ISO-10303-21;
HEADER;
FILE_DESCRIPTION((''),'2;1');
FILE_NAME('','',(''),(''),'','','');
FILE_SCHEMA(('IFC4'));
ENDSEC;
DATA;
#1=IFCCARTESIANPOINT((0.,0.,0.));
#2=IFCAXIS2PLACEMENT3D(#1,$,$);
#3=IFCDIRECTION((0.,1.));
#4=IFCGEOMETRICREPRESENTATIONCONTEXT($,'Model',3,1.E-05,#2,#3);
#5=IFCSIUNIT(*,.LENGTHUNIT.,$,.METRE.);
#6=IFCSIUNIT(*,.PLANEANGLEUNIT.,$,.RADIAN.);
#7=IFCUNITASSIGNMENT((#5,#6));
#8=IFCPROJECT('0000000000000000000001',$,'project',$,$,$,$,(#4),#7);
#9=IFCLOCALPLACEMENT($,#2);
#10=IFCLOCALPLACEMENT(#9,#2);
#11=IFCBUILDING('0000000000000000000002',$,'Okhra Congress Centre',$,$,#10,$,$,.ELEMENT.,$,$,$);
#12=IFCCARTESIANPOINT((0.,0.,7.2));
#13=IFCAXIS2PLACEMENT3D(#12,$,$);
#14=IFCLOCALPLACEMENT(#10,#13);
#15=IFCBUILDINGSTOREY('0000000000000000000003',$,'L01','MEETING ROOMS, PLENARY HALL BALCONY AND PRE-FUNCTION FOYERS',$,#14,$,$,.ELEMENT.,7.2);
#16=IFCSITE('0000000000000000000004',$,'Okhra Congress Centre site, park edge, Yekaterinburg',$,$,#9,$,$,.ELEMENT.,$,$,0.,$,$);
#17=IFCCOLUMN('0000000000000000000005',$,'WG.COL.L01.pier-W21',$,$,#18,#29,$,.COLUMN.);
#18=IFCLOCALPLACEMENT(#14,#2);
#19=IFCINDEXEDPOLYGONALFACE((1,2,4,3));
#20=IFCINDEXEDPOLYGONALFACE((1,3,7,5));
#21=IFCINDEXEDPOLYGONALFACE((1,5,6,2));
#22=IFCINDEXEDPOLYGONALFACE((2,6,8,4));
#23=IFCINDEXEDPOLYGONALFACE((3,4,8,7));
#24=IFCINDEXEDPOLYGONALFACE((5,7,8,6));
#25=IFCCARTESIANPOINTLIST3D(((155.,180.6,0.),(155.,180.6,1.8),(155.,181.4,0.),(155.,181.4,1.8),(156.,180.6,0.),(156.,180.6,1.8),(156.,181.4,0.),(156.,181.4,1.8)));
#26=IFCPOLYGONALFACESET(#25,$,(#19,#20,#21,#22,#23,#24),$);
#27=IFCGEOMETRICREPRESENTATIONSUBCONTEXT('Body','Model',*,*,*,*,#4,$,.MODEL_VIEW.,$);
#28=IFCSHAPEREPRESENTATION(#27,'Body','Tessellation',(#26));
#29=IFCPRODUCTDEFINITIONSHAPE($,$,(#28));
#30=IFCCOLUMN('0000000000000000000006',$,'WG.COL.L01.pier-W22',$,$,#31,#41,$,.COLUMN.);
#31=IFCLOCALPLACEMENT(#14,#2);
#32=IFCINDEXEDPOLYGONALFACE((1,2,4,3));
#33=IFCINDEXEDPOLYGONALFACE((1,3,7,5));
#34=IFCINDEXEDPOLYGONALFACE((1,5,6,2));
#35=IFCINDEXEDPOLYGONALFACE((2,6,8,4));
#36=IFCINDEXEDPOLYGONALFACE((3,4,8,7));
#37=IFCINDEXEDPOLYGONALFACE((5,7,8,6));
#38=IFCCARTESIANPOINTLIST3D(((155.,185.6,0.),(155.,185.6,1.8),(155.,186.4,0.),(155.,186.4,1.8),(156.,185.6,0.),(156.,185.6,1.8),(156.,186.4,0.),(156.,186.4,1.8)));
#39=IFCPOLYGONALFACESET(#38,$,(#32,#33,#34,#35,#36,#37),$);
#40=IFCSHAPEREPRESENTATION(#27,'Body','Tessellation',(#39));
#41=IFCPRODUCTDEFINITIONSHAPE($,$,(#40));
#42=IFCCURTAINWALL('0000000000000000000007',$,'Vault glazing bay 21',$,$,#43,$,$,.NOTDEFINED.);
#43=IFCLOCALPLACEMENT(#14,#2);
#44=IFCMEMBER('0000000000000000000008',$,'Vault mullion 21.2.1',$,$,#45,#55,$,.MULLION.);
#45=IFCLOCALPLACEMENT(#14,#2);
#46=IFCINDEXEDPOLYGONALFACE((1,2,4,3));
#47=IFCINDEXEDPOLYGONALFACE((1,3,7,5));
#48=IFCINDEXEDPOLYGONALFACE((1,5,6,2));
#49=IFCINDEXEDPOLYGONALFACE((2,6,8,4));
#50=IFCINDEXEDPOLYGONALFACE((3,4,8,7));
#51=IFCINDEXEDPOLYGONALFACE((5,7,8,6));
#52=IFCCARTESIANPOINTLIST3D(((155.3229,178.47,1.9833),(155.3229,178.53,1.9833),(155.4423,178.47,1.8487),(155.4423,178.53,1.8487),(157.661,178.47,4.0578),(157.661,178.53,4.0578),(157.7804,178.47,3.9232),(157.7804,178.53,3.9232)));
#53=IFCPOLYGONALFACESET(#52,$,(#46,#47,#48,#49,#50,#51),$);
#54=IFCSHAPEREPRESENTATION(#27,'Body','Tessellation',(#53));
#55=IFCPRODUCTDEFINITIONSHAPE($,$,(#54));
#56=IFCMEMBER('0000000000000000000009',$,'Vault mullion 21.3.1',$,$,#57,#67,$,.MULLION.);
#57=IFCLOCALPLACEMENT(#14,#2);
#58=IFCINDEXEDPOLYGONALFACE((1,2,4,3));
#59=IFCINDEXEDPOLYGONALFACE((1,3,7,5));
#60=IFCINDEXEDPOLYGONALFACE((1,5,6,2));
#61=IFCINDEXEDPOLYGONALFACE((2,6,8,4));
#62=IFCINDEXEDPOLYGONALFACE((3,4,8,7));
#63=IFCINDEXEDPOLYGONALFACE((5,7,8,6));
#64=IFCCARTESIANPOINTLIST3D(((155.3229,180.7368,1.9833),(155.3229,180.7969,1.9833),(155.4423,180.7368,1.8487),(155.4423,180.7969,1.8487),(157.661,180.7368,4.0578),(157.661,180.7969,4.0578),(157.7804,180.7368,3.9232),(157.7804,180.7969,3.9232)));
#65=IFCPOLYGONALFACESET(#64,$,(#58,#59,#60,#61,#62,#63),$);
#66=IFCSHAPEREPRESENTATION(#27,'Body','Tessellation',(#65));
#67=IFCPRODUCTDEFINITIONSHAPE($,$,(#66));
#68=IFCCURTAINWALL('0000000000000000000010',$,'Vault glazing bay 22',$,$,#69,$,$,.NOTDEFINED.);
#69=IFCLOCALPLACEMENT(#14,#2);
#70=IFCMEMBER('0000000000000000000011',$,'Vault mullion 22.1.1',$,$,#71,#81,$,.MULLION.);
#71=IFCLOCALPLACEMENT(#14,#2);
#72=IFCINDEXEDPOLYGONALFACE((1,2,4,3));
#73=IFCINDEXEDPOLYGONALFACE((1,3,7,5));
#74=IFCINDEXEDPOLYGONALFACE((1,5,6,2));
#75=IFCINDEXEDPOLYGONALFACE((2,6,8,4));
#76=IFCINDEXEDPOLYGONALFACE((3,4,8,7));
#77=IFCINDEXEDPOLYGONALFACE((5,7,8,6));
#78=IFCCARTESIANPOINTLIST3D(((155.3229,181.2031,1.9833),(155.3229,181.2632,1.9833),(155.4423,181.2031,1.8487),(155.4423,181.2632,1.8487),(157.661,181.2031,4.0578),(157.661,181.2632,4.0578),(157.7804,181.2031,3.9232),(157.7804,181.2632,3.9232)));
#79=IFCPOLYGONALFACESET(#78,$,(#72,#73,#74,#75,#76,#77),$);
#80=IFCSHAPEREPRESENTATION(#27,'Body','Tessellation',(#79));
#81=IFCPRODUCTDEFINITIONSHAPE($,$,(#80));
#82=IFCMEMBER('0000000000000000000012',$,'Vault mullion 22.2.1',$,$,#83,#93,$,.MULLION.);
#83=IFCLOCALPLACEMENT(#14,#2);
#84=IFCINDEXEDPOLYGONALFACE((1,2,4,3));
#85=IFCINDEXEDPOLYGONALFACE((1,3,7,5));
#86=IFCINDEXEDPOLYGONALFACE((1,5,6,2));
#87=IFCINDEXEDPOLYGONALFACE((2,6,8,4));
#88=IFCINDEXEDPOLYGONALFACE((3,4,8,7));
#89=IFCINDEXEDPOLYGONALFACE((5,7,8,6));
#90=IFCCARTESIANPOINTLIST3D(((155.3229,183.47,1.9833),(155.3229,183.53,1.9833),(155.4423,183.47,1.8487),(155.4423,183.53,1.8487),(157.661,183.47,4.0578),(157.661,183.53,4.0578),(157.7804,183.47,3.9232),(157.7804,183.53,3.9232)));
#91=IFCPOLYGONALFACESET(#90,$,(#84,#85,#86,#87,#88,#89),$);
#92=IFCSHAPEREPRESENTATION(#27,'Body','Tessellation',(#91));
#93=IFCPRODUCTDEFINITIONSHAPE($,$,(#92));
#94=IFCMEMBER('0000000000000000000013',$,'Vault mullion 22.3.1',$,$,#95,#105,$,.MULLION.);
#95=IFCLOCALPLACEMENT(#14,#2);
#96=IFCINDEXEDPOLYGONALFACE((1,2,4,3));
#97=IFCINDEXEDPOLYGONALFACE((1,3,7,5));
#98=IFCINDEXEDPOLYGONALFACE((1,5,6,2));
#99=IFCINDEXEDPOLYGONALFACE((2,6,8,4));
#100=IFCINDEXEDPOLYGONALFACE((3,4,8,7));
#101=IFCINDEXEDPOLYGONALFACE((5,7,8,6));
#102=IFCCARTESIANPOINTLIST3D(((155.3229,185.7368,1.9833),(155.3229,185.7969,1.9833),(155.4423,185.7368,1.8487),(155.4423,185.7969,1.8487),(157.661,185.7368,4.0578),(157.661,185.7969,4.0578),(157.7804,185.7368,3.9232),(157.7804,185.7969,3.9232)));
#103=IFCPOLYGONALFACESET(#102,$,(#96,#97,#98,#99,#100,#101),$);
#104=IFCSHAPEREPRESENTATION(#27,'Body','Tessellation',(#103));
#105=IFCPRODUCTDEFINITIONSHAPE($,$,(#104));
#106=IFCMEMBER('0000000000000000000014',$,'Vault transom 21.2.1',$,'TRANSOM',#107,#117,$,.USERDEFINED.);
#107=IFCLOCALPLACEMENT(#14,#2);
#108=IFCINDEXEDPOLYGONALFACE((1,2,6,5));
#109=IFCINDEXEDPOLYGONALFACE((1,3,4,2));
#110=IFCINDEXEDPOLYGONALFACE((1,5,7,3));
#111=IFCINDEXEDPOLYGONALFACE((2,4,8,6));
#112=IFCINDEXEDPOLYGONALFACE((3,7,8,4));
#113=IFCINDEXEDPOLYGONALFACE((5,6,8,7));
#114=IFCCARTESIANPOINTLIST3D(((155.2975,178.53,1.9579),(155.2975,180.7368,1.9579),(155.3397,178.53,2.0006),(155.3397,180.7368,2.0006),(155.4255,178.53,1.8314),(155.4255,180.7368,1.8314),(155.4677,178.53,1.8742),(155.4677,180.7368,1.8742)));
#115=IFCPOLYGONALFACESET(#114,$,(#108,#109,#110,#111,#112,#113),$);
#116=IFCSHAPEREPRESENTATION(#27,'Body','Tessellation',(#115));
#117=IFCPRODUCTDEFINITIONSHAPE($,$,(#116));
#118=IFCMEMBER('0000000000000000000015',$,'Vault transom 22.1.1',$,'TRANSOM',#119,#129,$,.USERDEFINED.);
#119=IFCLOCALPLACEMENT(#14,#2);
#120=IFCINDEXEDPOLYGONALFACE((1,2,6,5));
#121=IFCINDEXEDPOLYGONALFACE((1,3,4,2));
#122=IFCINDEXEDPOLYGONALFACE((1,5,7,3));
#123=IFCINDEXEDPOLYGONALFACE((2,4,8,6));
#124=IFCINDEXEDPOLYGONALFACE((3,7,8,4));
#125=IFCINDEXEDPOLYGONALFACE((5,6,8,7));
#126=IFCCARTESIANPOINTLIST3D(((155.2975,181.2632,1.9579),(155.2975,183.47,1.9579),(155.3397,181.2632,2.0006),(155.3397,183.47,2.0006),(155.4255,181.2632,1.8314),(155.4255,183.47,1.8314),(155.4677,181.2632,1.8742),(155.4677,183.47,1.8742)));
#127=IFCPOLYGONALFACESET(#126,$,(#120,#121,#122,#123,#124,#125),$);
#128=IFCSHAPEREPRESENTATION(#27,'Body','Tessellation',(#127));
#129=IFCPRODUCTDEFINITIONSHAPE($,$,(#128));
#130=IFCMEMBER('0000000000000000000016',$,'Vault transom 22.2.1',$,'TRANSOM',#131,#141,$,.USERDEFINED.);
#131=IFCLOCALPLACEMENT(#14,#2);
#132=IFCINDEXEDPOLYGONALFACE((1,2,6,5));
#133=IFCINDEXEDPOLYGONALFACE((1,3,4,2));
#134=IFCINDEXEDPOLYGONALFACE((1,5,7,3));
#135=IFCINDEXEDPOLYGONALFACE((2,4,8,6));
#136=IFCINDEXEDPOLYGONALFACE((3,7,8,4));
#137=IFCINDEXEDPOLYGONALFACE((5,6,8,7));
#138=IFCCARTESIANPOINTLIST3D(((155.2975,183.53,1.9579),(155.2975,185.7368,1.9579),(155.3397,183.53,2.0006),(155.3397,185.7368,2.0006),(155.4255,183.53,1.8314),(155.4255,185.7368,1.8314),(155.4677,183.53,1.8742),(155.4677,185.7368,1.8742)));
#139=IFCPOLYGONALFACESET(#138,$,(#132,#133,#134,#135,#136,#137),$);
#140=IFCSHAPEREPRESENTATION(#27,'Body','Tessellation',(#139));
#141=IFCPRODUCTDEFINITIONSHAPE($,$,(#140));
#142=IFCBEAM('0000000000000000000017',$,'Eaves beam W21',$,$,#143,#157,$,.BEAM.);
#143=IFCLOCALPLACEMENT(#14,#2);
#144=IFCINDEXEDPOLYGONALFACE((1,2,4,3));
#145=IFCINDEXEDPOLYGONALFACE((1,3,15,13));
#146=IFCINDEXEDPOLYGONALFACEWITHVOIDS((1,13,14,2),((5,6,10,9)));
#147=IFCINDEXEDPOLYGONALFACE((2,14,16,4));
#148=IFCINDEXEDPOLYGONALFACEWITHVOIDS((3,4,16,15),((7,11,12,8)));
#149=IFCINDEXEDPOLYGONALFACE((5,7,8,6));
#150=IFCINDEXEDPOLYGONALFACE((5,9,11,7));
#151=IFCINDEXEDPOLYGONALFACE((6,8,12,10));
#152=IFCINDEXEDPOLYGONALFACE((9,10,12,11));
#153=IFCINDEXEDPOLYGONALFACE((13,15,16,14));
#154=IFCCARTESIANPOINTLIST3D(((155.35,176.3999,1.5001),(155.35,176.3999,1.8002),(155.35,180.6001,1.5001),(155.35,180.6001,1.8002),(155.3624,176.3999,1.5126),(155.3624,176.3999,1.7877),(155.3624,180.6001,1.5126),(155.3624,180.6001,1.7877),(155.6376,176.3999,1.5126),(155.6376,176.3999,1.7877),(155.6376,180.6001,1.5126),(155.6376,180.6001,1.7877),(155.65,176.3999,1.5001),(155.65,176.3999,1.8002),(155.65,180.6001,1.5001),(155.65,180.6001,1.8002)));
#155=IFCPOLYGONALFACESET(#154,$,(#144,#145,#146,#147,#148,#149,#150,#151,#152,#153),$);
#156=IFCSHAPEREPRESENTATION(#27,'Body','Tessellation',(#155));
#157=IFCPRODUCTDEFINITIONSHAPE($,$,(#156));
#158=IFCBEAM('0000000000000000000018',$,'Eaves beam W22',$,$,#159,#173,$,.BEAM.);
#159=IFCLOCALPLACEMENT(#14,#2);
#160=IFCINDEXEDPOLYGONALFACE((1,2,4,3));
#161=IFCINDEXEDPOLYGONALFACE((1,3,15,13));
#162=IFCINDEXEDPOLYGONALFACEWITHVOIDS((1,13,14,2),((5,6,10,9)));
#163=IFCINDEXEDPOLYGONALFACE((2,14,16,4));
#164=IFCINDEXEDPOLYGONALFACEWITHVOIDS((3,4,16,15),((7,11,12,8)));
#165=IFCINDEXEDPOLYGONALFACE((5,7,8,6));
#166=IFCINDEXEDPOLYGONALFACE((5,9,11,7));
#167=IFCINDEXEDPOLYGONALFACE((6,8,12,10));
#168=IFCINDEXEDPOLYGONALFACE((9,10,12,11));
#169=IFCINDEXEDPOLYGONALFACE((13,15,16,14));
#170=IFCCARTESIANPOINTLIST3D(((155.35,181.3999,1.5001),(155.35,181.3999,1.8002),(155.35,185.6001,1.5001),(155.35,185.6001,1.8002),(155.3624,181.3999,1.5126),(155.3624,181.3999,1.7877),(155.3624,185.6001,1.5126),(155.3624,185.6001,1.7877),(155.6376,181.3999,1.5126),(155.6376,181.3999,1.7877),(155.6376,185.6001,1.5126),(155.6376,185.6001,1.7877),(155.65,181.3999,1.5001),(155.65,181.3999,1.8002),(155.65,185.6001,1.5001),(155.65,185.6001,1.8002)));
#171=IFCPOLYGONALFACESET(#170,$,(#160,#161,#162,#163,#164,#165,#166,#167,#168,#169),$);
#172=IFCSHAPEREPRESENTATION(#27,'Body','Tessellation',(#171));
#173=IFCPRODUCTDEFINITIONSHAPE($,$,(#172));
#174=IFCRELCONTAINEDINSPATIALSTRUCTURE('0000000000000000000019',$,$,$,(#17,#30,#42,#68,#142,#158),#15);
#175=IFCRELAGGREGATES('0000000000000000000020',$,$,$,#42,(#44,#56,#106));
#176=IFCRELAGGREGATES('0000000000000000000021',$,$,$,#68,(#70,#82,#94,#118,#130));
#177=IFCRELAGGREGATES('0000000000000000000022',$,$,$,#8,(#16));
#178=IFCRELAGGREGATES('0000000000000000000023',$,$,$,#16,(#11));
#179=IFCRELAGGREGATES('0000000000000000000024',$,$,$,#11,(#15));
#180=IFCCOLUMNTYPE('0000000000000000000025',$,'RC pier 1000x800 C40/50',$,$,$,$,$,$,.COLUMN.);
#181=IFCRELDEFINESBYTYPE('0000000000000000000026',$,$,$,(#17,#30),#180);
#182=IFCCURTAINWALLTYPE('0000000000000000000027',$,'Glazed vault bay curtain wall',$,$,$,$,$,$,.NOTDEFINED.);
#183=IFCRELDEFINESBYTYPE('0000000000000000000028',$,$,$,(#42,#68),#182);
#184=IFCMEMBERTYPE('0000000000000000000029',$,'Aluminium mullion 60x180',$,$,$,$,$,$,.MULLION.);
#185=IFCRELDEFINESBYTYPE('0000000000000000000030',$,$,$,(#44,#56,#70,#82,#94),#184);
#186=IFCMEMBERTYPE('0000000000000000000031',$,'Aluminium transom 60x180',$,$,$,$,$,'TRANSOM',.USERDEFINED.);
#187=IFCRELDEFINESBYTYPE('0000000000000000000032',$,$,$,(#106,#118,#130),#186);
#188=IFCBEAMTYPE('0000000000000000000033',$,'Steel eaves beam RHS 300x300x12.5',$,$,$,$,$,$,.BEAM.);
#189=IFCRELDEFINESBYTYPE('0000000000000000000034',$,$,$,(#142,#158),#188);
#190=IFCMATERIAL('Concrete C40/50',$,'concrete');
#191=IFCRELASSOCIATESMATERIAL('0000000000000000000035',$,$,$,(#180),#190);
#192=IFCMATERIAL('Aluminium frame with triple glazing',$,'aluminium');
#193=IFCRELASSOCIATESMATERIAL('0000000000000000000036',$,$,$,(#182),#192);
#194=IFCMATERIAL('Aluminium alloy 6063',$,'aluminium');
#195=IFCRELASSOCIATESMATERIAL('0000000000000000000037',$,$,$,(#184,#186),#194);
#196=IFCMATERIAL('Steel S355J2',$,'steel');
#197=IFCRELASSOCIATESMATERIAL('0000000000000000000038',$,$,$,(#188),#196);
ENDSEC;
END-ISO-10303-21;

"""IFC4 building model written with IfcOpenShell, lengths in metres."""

from ifc_helpers import new_model, si_unit, direction, frame, origin, origin_2d, place, context, subcontext, project, spatial, rectangle, hollow_rectangle, extrude, material, material_profile, profile_set, type_object, element, aggregate, save


model = new_model("IFC4")

# Units and contexts
model_context = context("Model", 3, precision=1e-05, world=origin(), true_north=direction((0.0, 1.0)))
body_context = subcontext(model_context, "Body", "Model", "MODEL_VIEW")
ifc_project = project(units=[si_unit("LENGTHUNIT", "METRE"), si_unit("PLANEANGLEUNIT", "RADIAN")], contexts=[model_context])

# Site, building, storey
site_placement = place(None, origin())
site = spatial("IfcSite", under=ifc_project, at=site_placement, Name="Okhra Congress Centre site, park edge, Yekaterinburg", CompositionType="ELEMENT", RefElevation=0.0)
building_placement = place(site_placement, origin())
building = spatial("IfcBuilding", under=site, at=building_placement, Name="Okhra Congress Centre", CompositionType="ELEMENT")
storey_placement = place(building_placement, frame((0.0, 0.0, 7.2)))
storey = spatial("IfcBuildingStorey", under=building, at=storey_placement, Name="L01", Description="MEETING ROOMS, PLENARY HALL BALCONY AND PRE-FUNCTION FOYERS", CompositionType="ELEMENT", Elevation=7.2)

# Columns
ifc_material_1 = material(Name="Concrete C40/50", Category="concrete")
ifc_material_profile_1 = material_profile(ifc_material_1, rectangle(XDim=1.0, YDim=0.8, at=origin_2d()), Name="RC 1000x800")
ifc_profile_set_1 = profile_set([ifc_material_profile_1], Name="Concrete C40/50")
column_type = type_object("IfcColumnType", Name="RC pier 1000x800 C40/50", PredefinedType="COLUMN", material=ifc_profile_set_1)
for number, where, z_axis, x_axis, name in (
    (1, (155.5, 181.0, 0.0), (0.0, 0.0, 1.0), (1.0, 0.0, 0.0), "WG.COL.L01.pier-W21"),
    (2, (155.5, 186.0, 0.0), (0.0, 0.0, 1.0), (1.0, 0.0, 0.0), "WG.COL.L01.pier-W22"),
):
    element("IfcColumn", number, at=place(storey_placement, frame(where, z_axis=z_axis, x_axis=x_axis)), inside=storey, type_object=column_type, Name=name, PredefinedType="COLUMN", context=body_context, shape_type="SweptSolid", body=[
        extrude(rectangle(XDim=1.0, YDim=0.8, at=origin_2d()), origin(), (0.0, 0.0, 1.0), 1.8),
    ])

# Curtain walls, members
ifc_material_2 = material(Name="Aluminium frame with triple glazing", Category="aluminium")
curtain_wall_type = type_object("IfcCurtainWallType", Name="Glazed vault bay curtain wall", PredefinedType="NOTDEFINED", material=ifc_material_2)
curtain_wall_1_placement = place(storey_placement, origin())
curtain_wall_1 = element("IfcCurtainWall", 3, at=curtain_wall_1_placement, inside=storey, type_object=curtain_wall_type, Name="Vault glazing bay 21", PredefinedType="NOTDEFINED")
ifc_material_3 = material(Name="Aluminium alloy 6063", Category="aluminium")
ifc_material_profile_2 = material_profile(ifc_material_3, rectangle(XDim=0.0601, YDim=0.1799, at=origin_2d()), Name="AL 60x180")
ifc_profile_set_2 = profile_set([ifc_material_profile_2], Name="Aluminium alloy 6063")
member_type_1 = type_object("IfcMemberType", Name="Aluminium mullion 60x180", PredefinedType="MULLION", material=ifc_profile_set_2)
member_1_placement = place(storey_placement, frame((155.3826, 178.5, 1.916), z_axis=(0.748025, 0.0, 0.66367), x_axis=(0.0, 1.0, 0.0)))
member_1 = element("IfcMember", 4, at=member_1_placement, type_object=member_type_1, Name="Vault mullion 21.2.1", PredefinedType="MULLION", context=body_context, shape_type="SweptSolid", body=[
    extrude(rectangle(XDim=0.0601, YDim=0.1799, at=origin_2d()), origin(), (0.0, 0.0, 1.0), 3.1257),
])
member_2_placement = place(storey_placement, frame((155.3826, 180.7668, 1.916), z_axis=(0.748025, 0.0, 0.66367), x_axis=(0.0, 1.0, 0.0)))
member_2 = element("IfcMember", 5, at=member_2_placement, type_object=member_type_1, Name="Vault mullion 21.3.1", PredefinedType="MULLION", context=body_context, shape_type="SweptSolid", body=[
    extrude(rectangle(XDim=0.0601, YDim=0.1799, at=origin_2d()), origin(), (0.0, 0.0, 1.0), 3.1257),
])
curtain_wall_2_placement = place(storey_placement, origin())
curtain_wall_2 = element("IfcCurtainWall", 6, at=curtain_wall_2_placement, inside=storey, type_object=curtain_wall_type, Name="Vault glazing bay 22", PredefinedType="NOTDEFINED")
member_3_placement = place(storey_placement, frame((155.3826, 181.2332, 1.916), z_axis=(0.748025, 0.0, 0.66367), x_axis=(0.0, 1.0, 0.0)))
member_3 = element("IfcMember", 7, at=member_3_placement, type_object=member_type_1, Name="Vault mullion 22.1.1", PredefinedType="MULLION", context=body_context, shape_type="SweptSolid", body=[
    extrude(rectangle(XDim=0.0601, YDim=0.1799, at=origin_2d()), origin(), (0.0, 0.0, 1.0), 3.1257),
])
member_4_placement = place(storey_placement, frame((155.3826, 183.5, 1.916), z_axis=(0.748025, 0.0, 0.66367), x_axis=(0.0, 1.0, 0.0)))
member_4 = element("IfcMember", 8, at=member_4_placement, type_object=member_type_1, Name="Vault mullion 22.2.1", PredefinedType="MULLION", context=body_context, shape_type="SweptSolid", body=[
    extrude(rectangle(XDim=0.0601, YDim=0.1799, at=origin_2d()), origin(), (0.0, 0.0, 1.0), 3.1257),
])
member_5_placement = place(storey_placement, frame((155.3826, 185.7668, 1.916), z_axis=(0.748025, 0.0, 0.66367), x_axis=(0.0, 1.0, 0.0)))
member_5 = element("IfcMember", 9, at=member_5_placement, type_object=member_type_1, Name="Vault mullion 22.3.1", PredefinedType="MULLION", context=body_context, shape_type="SweptSolid", body=[
    extrude(rectangle(XDim=0.0601, YDim=0.1799, at=origin_2d()), origin(), (0.0, 0.0, 1.0), 3.1257),
])

# Members
ifc_material_profile_3 = material_profile(ifc_material_3, rectangle(XDim=0.0601, YDim=0.1799, at=origin_2d()), Name="AL 60x180 transom")
ifc_profile_set_3 = profile_set([ifc_material_profile_3], Name="Aluminium alloy 6063")
member_type_2 = type_object("IfcMemberType", Name="Aluminium transom 60x180", ElementType="TRANSOM", PredefinedType="USERDEFINED", material=ifc_profile_set_3)
member_6_placement = place(storey_placement, frame((155.3826, 178.53, 1.916), z_axis=(0.0, 1.0, 0.0), x_axis=(-0.702636, 0.0, -0.711549)))
member_6 = element("IfcMember", 10, at=member_6_placement, type_object=member_type_2, Name="Vault transom 21.2.1", ObjectType="TRANSOM", PredefinedType="USERDEFINED", context=body_context, shape_type="SweptSolid", body=[
    extrude(rectangle(XDim=0.0601, YDim=0.1799, at=origin_2d()), origin(), (0.0, 0.0, 1.0), 2.2068),
])
member_7_placement = place(storey_placement, frame((155.3826, 181.2632, 1.916), z_axis=(0.0, 1.0, 0.0), x_axis=(-0.702636, 0.0, -0.711549)))
member_7 = element("IfcMember", 11, at=member_7_placement, type_object=member_type_2, Name="Vault transom 22.1.1", ObjectType="TRANSOM", PredefinedType="USERDEFINED", context=body_context, shape_type="SweptSolid", body=[
    extrude(rectangle(XDim=0.0601, YDim=0.1799, at=origin_2d()), origin(), (0.0, 0.0, 1.0), 2.2068),
])
member_8_placement = place(storey_placement, frame((155.3826, 183.53, 1.916), z_axis=(0.0, 1.0, 0.0), x_axis=(-0.702636, 0.0, -0.711549)))
member_8 = element("IfcMember", 12, at=member_8_placement, type_object=member_type_2, Name="Vault transom 22.2.1", ObjectType="TRANSOM", PredefinedType="USERDEFINED", context=body_context, shape_type="SweptSolid", body=[
    extrude(rectangle(XDim=0.0601, YDim=0.1799, at=origin_2d()), origin(), (0.0, 0.0, 1.0), 2.2068),
])

# Beams
ifc_material_4 = material(Name="Steel S355J2", Category="steel")
ifc_material_profile_4 = material_profile(ifc_material_4, hollow_rectangle(XDim=0.3, YDim=0.3, WallThickness=0.0125, at=origin_2d()), Name="RHS 300x300x12.5")
ifc_profile_set_4 = profile_set([ifc_material_profile_4], Name="Steel S355J2")
beam_type = type_object("IfcBeamType", Name="Steel eaves beam RHS 300x300x12.5", PredefinedType="BEAM", material=ifc_profile_set_4)
for number, where, z_axis, x_axis, name in (
    (13, (155.5, 176.3999, 1.6501), (0.0, 1.0, 0.0), (-1.0, 0.0, 0.0), "Eaves beam W21"),
    (14, (155.5, 181.3999, 1.6501), (0.0, 1.0, 0.0), (-1.0, 0.0, 0.0), "Eaves beam W22"),
):
    element("IfcBeam", number, at=place(storey_placement, frame(where, z_axis=z_axis, x_axis=x_axis)), inside=storey, type_object=beam_type, Name=name, PredefinedType="BEAM", context=body_context, shape_type="SweptSolid", body=[
        extrude(hollow_rectangle(XDim=0.3, YDim=0.3, WallThickness=0.0125, at=origin_2d()), origin(), (0.0, 0.0, 1.0), 4.2002),
    ])

aggregate(curtain_wall_1, [member_1, member_2, member_6])
aggregate(curtain_wall_2, [member_3, member_4, member_5, member_7, member_8])

save(model, "model.ifc")
